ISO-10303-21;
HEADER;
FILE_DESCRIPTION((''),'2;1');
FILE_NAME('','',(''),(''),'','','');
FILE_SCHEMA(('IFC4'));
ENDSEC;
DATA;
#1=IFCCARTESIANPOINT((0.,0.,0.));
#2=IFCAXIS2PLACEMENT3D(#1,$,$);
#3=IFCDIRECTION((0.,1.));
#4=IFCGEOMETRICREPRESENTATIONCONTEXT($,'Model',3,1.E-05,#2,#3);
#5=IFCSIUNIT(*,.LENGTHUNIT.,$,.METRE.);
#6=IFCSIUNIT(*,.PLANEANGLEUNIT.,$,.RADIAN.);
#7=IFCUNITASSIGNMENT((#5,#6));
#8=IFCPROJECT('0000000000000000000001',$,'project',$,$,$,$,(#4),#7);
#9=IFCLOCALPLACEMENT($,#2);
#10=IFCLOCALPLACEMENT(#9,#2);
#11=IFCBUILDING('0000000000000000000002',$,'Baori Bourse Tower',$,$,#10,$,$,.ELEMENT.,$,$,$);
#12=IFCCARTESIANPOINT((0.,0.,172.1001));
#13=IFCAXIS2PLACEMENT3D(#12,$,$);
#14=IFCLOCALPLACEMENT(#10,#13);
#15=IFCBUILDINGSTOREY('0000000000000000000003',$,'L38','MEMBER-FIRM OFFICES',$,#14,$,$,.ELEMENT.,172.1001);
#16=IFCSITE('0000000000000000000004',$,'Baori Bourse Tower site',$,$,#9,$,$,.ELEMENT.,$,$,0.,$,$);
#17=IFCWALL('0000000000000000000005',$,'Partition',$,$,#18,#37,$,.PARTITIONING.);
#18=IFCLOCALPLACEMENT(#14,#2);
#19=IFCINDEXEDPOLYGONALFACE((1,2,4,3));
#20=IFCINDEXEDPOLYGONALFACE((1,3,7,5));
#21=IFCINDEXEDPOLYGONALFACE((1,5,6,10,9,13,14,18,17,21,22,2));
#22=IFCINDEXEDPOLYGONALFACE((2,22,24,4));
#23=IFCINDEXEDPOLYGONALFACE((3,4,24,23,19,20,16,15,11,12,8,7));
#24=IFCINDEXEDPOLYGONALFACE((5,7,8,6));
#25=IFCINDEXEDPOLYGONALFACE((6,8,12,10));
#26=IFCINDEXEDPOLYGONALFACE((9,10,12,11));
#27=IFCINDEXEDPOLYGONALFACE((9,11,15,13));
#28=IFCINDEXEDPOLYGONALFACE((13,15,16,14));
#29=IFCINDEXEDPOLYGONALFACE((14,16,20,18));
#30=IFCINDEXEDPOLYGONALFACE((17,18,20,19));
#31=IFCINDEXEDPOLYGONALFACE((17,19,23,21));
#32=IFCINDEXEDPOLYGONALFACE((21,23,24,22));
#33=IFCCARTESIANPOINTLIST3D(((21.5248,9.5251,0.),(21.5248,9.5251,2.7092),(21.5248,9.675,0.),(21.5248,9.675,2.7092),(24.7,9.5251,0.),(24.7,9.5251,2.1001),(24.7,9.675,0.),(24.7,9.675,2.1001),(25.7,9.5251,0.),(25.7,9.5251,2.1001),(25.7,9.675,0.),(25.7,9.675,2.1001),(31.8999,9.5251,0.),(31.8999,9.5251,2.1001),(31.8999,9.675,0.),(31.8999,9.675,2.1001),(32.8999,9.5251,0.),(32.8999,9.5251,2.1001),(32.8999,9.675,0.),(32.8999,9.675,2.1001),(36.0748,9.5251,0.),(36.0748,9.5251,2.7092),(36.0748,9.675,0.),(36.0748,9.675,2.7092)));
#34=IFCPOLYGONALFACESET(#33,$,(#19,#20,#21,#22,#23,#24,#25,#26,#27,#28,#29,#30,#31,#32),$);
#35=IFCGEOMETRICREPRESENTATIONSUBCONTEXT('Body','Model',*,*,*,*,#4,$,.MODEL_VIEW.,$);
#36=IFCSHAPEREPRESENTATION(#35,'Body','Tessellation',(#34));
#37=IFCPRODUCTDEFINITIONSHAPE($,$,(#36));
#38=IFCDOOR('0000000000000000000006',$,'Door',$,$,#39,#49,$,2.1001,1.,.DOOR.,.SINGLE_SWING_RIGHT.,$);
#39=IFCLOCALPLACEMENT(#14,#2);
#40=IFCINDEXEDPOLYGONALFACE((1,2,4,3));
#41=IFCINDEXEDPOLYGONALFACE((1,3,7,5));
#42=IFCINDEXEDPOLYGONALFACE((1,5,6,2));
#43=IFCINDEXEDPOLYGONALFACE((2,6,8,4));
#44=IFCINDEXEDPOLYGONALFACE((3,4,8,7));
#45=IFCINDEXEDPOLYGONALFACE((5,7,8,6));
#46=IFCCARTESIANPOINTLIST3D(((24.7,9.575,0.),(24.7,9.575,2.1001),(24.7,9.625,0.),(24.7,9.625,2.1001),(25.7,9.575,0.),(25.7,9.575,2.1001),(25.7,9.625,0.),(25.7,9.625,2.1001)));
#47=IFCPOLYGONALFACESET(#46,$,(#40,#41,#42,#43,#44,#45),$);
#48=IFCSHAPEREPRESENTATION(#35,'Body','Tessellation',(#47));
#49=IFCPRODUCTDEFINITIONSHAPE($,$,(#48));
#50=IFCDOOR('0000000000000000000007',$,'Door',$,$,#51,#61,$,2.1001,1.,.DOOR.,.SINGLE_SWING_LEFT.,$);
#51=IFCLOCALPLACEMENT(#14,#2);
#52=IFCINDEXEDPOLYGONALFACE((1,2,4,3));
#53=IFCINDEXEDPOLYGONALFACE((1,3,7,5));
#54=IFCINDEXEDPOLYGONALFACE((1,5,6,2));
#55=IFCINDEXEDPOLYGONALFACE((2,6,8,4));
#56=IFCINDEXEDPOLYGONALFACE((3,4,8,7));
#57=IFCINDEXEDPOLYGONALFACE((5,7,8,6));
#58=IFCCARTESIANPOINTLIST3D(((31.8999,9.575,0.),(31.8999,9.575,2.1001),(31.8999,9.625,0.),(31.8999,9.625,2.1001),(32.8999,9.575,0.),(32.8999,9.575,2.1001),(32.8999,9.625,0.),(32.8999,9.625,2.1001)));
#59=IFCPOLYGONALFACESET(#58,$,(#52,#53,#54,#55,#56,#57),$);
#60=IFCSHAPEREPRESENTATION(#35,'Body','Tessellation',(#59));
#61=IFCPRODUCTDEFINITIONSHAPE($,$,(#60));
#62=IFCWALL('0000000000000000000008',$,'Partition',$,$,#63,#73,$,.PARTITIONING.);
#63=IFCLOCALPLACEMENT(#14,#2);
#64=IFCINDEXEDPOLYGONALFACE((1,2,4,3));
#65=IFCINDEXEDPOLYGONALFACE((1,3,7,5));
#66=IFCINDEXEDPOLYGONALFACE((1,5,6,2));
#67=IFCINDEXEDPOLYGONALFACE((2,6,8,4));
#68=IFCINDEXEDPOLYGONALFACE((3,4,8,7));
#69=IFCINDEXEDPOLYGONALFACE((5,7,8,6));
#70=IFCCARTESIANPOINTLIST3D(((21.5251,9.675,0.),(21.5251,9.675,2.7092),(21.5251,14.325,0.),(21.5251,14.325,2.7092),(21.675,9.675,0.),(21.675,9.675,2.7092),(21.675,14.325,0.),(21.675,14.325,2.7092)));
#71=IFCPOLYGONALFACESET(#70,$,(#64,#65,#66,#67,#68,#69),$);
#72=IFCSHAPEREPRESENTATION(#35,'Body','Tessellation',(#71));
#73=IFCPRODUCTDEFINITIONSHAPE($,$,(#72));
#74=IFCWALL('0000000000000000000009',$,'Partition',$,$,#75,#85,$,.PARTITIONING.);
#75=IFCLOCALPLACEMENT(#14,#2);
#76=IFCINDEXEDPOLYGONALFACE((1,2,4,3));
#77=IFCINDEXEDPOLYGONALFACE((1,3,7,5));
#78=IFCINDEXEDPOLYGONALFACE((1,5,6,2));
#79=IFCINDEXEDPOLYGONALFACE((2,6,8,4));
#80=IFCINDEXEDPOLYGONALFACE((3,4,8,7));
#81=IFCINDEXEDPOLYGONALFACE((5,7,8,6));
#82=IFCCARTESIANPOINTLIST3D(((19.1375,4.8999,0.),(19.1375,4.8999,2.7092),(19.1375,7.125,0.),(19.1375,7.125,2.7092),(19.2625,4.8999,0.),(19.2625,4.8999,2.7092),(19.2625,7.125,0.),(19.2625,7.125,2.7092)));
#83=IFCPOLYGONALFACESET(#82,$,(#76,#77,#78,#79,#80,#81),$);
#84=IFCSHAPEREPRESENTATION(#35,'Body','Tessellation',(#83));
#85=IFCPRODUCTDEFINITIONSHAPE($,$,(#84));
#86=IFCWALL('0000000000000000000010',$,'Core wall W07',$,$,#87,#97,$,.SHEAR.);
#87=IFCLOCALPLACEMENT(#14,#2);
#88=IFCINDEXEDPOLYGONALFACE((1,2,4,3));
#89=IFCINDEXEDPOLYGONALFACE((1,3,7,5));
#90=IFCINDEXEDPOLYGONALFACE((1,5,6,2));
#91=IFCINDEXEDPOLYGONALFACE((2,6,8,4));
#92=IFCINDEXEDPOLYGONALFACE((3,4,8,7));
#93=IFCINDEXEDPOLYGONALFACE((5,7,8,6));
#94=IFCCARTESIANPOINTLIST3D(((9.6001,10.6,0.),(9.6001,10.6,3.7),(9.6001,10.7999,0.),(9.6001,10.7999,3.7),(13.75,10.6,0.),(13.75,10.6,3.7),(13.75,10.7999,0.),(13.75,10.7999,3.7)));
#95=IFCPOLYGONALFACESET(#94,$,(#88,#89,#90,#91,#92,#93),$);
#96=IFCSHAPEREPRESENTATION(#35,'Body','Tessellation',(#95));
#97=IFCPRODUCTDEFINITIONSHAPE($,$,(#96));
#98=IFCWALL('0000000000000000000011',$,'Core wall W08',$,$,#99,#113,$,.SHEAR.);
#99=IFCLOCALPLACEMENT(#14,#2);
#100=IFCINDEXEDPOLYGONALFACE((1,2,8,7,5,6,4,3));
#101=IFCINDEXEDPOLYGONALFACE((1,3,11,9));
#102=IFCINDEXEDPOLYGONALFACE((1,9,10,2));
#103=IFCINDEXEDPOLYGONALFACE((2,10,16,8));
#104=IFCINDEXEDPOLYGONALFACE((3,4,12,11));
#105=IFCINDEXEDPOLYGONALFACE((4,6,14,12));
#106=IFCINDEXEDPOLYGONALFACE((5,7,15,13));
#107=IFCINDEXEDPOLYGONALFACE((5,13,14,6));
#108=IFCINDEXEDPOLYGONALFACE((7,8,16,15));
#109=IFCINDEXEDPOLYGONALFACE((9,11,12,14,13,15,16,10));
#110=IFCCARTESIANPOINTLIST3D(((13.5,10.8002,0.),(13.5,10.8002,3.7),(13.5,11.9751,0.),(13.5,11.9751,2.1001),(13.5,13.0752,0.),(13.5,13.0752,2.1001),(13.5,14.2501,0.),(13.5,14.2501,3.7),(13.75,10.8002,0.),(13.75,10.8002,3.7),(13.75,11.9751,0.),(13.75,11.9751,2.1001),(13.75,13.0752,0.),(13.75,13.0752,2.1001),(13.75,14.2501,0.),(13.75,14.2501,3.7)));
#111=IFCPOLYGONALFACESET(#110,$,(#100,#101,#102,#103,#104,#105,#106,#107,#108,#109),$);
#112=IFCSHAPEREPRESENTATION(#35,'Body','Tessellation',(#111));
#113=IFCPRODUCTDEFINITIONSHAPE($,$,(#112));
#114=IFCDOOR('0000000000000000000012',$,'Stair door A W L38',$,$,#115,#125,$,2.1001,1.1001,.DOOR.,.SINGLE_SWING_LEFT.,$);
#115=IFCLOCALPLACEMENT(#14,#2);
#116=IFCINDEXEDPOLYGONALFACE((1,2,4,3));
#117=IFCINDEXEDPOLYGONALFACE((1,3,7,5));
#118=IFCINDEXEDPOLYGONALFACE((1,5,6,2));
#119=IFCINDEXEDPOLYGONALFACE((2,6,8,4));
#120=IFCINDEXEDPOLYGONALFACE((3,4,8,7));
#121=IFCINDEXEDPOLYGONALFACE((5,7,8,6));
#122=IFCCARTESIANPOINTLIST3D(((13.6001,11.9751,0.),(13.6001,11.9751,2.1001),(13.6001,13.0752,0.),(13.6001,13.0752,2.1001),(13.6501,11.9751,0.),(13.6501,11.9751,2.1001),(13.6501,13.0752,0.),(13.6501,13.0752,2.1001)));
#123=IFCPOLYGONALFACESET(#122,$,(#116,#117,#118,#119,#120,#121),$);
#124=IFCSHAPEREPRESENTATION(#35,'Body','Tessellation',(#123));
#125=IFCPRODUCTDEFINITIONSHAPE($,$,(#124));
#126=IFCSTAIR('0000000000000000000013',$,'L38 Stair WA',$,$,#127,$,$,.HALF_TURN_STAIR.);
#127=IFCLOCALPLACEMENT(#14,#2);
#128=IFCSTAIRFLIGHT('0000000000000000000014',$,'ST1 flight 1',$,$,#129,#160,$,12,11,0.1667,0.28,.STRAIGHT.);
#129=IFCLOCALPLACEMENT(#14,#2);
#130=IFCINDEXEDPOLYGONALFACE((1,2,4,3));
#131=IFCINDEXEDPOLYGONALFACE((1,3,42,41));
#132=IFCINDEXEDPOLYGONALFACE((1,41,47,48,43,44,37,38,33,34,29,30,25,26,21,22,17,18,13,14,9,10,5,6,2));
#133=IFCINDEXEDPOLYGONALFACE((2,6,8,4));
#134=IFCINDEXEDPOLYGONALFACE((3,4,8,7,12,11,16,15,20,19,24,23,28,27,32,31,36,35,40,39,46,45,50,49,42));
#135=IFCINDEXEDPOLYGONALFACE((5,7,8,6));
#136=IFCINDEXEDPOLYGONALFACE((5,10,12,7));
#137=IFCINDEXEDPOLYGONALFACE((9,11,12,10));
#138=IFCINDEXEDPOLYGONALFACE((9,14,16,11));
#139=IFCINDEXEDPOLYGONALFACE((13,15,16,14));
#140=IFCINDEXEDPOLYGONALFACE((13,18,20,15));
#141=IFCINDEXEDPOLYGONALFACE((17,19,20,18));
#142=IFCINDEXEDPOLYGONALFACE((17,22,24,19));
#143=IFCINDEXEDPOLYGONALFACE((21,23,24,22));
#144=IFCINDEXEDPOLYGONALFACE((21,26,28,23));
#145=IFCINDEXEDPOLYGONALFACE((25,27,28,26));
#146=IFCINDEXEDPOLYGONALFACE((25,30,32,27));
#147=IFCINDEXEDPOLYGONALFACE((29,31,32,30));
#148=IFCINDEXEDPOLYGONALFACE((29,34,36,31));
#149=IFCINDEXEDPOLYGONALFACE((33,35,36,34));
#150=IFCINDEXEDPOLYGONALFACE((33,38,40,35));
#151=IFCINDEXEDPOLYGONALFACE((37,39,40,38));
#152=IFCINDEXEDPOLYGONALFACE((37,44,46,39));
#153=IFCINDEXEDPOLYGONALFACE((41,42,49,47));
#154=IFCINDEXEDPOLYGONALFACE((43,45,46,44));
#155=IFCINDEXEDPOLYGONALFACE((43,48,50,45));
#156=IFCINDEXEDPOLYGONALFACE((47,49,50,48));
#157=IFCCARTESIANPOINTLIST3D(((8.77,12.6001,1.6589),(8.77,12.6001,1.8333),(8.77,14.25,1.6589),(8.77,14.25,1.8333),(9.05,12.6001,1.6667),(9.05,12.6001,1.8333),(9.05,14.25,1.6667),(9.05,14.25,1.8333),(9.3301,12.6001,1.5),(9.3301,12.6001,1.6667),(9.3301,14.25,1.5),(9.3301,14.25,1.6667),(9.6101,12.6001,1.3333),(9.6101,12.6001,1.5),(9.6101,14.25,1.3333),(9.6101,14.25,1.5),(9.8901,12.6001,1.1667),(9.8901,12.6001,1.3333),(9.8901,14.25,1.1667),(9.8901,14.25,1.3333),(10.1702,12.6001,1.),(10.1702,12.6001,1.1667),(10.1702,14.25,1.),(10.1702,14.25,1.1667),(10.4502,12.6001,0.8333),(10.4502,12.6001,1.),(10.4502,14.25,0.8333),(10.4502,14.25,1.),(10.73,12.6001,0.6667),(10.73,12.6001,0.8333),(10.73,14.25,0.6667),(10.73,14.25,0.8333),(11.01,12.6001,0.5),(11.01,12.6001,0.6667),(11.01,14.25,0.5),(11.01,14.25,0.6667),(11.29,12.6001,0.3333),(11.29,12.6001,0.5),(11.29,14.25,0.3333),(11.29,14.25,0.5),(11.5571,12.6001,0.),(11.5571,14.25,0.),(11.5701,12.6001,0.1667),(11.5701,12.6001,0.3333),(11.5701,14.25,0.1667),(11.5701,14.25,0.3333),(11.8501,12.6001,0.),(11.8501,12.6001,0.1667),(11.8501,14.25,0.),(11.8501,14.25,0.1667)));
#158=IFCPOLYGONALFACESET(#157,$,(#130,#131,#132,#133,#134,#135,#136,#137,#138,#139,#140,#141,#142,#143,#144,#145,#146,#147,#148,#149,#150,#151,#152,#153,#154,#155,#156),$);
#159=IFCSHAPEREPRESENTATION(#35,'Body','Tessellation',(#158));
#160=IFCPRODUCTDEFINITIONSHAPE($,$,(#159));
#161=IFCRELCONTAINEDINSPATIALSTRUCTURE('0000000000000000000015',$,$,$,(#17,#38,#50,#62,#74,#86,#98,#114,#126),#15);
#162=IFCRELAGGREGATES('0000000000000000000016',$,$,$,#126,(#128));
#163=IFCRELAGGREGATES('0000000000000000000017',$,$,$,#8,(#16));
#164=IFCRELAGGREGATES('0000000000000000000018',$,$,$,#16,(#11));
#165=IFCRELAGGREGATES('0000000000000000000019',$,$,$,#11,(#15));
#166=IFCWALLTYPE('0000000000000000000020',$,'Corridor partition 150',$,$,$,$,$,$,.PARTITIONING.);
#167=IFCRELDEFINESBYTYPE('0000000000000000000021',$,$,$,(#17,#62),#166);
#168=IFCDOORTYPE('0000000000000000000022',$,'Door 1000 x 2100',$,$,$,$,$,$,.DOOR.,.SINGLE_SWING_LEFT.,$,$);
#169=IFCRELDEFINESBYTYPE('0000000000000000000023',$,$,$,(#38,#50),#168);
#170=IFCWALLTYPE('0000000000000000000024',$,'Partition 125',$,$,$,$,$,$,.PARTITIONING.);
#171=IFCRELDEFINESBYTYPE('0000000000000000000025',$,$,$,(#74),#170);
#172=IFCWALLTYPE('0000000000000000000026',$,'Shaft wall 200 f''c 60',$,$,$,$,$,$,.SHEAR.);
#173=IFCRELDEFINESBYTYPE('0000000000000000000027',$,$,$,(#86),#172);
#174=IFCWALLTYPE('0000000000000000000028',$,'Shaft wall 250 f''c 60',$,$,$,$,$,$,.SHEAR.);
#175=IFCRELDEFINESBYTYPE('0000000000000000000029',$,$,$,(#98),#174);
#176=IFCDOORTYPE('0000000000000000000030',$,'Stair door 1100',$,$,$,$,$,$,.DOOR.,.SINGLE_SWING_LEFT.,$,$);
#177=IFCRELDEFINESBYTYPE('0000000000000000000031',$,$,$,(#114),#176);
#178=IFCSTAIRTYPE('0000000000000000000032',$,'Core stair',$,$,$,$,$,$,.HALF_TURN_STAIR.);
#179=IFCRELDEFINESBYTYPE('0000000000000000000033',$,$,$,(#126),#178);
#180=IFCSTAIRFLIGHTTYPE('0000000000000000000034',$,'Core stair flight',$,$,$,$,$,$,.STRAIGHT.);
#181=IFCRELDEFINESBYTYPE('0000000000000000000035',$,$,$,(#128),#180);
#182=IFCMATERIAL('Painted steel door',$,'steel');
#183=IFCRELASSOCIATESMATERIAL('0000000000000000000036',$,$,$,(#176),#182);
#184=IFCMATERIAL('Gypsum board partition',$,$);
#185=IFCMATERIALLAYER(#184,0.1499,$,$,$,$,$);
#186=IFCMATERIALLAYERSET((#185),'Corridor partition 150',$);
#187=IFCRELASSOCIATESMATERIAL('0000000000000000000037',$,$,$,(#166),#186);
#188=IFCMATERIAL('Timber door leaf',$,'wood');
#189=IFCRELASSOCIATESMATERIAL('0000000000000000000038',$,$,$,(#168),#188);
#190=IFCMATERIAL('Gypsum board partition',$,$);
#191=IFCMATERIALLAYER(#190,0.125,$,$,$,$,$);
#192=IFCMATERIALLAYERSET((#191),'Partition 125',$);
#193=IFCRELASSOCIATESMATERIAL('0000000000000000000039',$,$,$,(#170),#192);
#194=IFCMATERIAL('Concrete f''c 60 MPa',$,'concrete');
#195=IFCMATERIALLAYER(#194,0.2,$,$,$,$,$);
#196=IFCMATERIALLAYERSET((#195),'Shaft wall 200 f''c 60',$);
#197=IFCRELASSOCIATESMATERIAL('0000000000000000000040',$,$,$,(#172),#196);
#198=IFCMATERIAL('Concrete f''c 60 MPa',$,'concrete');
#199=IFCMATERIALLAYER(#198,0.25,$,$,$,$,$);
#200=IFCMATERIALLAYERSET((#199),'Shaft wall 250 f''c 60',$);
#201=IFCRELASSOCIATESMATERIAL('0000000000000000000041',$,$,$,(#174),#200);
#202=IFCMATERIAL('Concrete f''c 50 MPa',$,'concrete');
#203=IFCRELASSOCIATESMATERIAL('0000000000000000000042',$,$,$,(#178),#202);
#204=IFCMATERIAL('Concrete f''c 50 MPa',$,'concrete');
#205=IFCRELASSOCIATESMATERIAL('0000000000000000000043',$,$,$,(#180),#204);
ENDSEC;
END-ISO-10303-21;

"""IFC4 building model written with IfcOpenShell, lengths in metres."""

from ifc_helpers import new_model, si_unit, direction, frame, frame_2d, origin, place, context, subcontext, project, spatial, polyline, rectangle, outline, extrude, material, layer, layer_set, type_object, element, fill, aggregate, save


model = new_model("IFC4")

# Units and contexts
model_context = context("Model", 3, precision=1e-05, world=origin(), true_north=direction((0.0, 1.0)))
body_context = subcontext(model_context, "Body", "Model", "MODEL_VIEW")
ifc_project = project(units=[si_unit("LENGTHUNIT", "METRE"), si_unit("PLANEANGLEUNIT", "RADIAN")], contexts=[model_context])

# Site, building, storey
site_placement = place(None, origin())
site = spatial("IfcSite", under=ifc_project, at=site_placement, Name="Baori Bourse Tower site", CompositionType="ELEMENT", RefElevation=0.0)
building_placement = place(site_placement, origin())
building = spatial("IfcBuilding", under=site, at=building_placement, Name="Baori Bourse Tower", CompositionType="ELEMENT")
storey_placement = place(building_placement, frame((0.0, 0.0, 172.1001)))
storey = spatial("IfcBuildingStorey", under=building, at=storey_placement, Name="L38", Description="MEMBER-FIRM OFFICES", CompositionType="ELEMENT", Elevation=172.1001)

# Shared definitions
ifc_material_1 = material(Name="Painted steel door", Category="steel")
door_type_1 = type_object("IfcDoorType", Name="Stair door 1100", OperationType="SINGLE_SWING_LEFT", PredefinedType="DOOR", material=ifc_material_1)

# Wall, openings, doors
ifc_material_2 = material(Name="Gypsum board partition")
ifc_layer_1 = layer(ifc_material_2, 0.1499)
ifc_layer_set_1 = layer_set([ifc_layer_1], Name="Corridor partition 150")
wall_type_1 = type_object("IfcWallType", Name="Corridor partition 150", PredefinedType="PARTITIONING", material=ifc_layer_set_1)
ifc_material_3 = material(Name="Timber door leaf", Category="wood")
door_type_2 = type_object("IfcDoorType", Name="Door 1000 x 2100", OperationType="SINGLE_SWING_LEFT", PredefinedType="DOOR", material=ifc_material_3)
wall_1_placement = place(storey_placement, frame((21.5249, 9.6001, 0.0), z_axis=(0.0, 0.0, 1.0), x_axis=(1.0, 0.0, 0.0)))
wall_1 = element("IfcWall", 1, at=wall_1_placement, inside=storey, type_object=wall_type_1, Name="Partition", PredefinedType="PARTITIONING", context=body_context, shape_type="SweptSolid", body=[
    extrude(rectangle(XDim=14.55, YDim=0.1499, at=frame_2d((7.2749, 0.0))), origin(), (0.0, 0.0, 1.0), 2.7092),
])
opening_1_placement = place(wall_1_placement, frame((3.175, 0.0, 0.0)))
opening_1 = element("IfcOpeningElement", 2, at=opening_1_placement, cuts=wall_1, PredefinedType="OPENING", context=body_context, shape_type="SweptSolid", body=[
    extrude(rectangle(XDim=1.0, YDim=2.1001, at=frame_2d((0.5, 1.05))), frame((0.0, 0.085, 0.0), z_axis=(0.0, -1.0, 0.0), x_axis=(1.0, 0.0, 0.0)), (0.0, 0.0, 1.0), 0.1699),
])
opening_2_placement = place(wall_1_placement, frame((10.375, 0.0, 0.0)))
opening_2 = element("IfcOpeningElement", 3, at=opening_2_placement, cuts=wall_1, PredefinedType="OPENING", context=body_context, shape_type="SweptSolid", body=[
    extrude(rectangle(XDim=1.0, YDim=2.1001, at=frame_2d((0.5, 1.05))), frame((0.0, 0.085, 0.0), z_axis=(0.0, -1.0, 0.0), x_axis=(1.0, 0.0, 0.0)), (0.0, 0.0, 1.0), 0.1699),
])
door_1_placement = place(opening_1_placement, origin())
door_1 = element("IfcDoor", 4, at=door_1_placement, inside=storey, type_object=door_type_2, Name="Door", OperationType="SINGLE_SWING_RIGHT", OverallHeight=2.1001, OverallWidth=1.0, PredefinedType="DOOR", context=body_context, shape_type="SweptSolid", body=[
    extrude(rectangle(XDim=1.0, YDim=2.1001, at=frame_2d((0.5, 1.05))), frame((0.0, 0.0249, 0.0), z_axis=(0.0, -1.0, 0.0), x_axis=(1.0, 0.0, 0.0)), (0.0, 0.0, 1.0), 0.05),
])
fill(opening_1, door_1)
door_2_placement = place(opening_2_placement, origin())
door_2 = element("IfcDoor", 5, at=door_2_placement, inside=storey, type_object=door_type_2, Name="Door", OperationType="SINGLE_SWING_LEFT", OverallHeight=2.1001, OverallWidth=1.0, PredefinedType="DOOR", context=body_context, shape_type="SweptSolid", body=[
    extrude(rectangle(XDim=1.0, YDim=2.1001, at=frame_2d((0.5, 1.05))), frame((0.0, 0.0249, 0.0), z_axis=(0.0, -1.0, 0.0), x_axis=(1.0, 0.0, 0.0)), (0.0, 0.0, 1.0), 0.05),
])
fill(opening_2, door_2)

# Walls
wall_2_placement = place(storey_placement, frame((21.6001, 9.675, 0.0), z_axis=(0.0, 0.0, 1.0), x_axis=(0.0, 1.0, 0.0)))
element("IfcWall", 6, at=wall_2_placement, inside=storey, type_object=wall_type_1, Name="Partition", PredefinedType="PARTITIONING", context=body_context, shape_type="SweptSolid", body=[
    extrude(rectangle(XDim=4.6499, YDim=0.1499, at=frame_2d((2.325, 0.0))), origin(), (0.0, 0.0, 1.0), 2.7092),
])
ifc_material_4 = material(Name="Gypsum board partition")
ifc_layer_2 = layer(ifc_material_4, 0.125)
ifc_layer_set_2 = layer_set([ifc_layer_2], Name="Partition 125")
wall_type_2 = type_object("IfcWallType", Name="Partition 125", PredefinedType="PARTITIONING", material=ifc_layer_set_2)
wall_3_placement = place(storey_placement, frame((19.2, 4.8999, 0.0), z_axis=(0.0, 0.0, 1.0), x_axis=(0.0, 1.0, 0.0)))
element("IfcWall", 7, at=wall_3_placement, inside=storey, type_object=wall_type_2, Name="Partition", PredefinedType="PARTITIONING", context=body_context, shape_type="SweptSolid", body=[
    extrude(rectangle(XDim=2.2251, YDim=0.125, at=frame_2d((1.1125, 0.0))), origin(), (0.0, 0.0, 1.0), 2.7092),
])
ifc_material_5 = material(Name="Concrete f'c 60 MPa", Category="concrete")
ifc_layer_3 = layer(ifc_material_5, 0.2)
ifc_layer_set_3 = layer_set([ifc_layer_3], Name="Shaft wall 200 f'c 60")
wall_type_3 = type_object("IfcWallType", Name="Shaft wall 200 f'c 60", PredefinedType="SHEAR", material=ifc_layer_set_3)
wall_4_placement = place(storey_placement, frame((9.6001, 10.7, 0.0), z_axis=(0.0, 0.0, 1.0), x_axis=(1.0, 0.0, 0.0)))
element("IfcWall", 8, at=wall_4_placement, inside=storey, type_object=wall_type_3, Name="Core wall W07", PredefinedType="SHEAR", context=body_context, shape_type="SweptSolid", body=[
    extrude(rectangle(XDim=4.1499, YDim=0.2, at=frame_2d((2.075, 0.0))), origin(), (0.0, 0.0, 1.0), 3.7),
])

# Wall, opening, door
ifc_material_6 = material(Name="Concrete f'c 60 MPa", Category="concrete")
ifc_layer_4 = layer(ifc_material_6, 0.25)
ifc_layer_set_4 = layer_set([ifc_layer_4], Name="Shaft wall 250 f'c 60")
wall_type_4 = type_object("IfcWallType", Name="Shaft wall 250 f'c 60", PredefinedType="SHEAR", material=ifc_layer_set_4)
wall_5_placement = place(storey_placement, frame((13.625, 10.8, 0.0), z_axis=(0.0, 0.0, 1.0), x_axis=(0.0, 1.0, 0.0)))
wall_5 = element("IfcWall", 9, at=wall_5_placement, inside=storey, type_object=wall_type_4, Name="Core wall W08", PredefinedType="SHEAR", context=body_context, shape_type="SweptSolid", body=[
    extrude(rectangle(XDim=3.45, YDim=0.25, at=frame_2d((1.7251, 0.0))), origin(), (0.0, 0.0, 1.0), 3.7),
])
opening_3_placement = place(wall_5_placement, frame((1.175, 0.0, 0.0)))
opening_3 = element("IfcOpeningElement", 10, at=opening_3_placement, cuts=wall_5, PredefinedType="OPENING", context=body_context, shape_type="SweptSolid", body=[
    extrude(rectangle(XDim=1.1001, YDim=2.1001, at=frame_2d((0.55, 1.05))), frame((0.0, 0.135, 0.0), z_axis=(0.0, -1.0, 0.0), x_axis=(1.0, 0.0, 0.0)), (0.0, 0.0, 1.0), 0.27),
])
door_3_placement = place(opening_3_placement, origin())
door_3 = element("IfcDoor", 11, at=door_3_placement, inside=storey, type_object=door_type_1, Name="Stair door A W L38", OperationType="SINGLE_SWING_LEFT", OverallHeight=2.1001, OverallWidth=1.1001, PredefinedType="DOOR", context=body_context, shape_type="SweptSolid", body=[
    extrude(rectangle(XDim=1.1001, YDim=2.1001, at=frame_2d((0.55, 1.05))), frame((0.0, 0.0249, 0.0), z_axis=(0.0, -1.0, 0.0), x_axis=(1.0, 0.0, 0.0)), (0.0, 0.0, 1.0), 0.05),
])
fill(opening_3, door_3)

# Stair, stair flight
ifc_material_7 = material(Name="Concrete f'c 50 MPa", Category="concrete")
stair_type = type_object("IfcStairType", Name="Core stair", PredefinedType="HALF_TURN_STAIR", material=ifc_material_7)
stair_placement = place(storey_placement, origin())
stair = element("IfcStair", 12, at=stair_placement, inside=storey, type_object=stair_type, Name="L38 Stair WA", PredefinedType="HALF_TURN_STAIR")
ifc_material_8 = material(Name="Concrete f'c 50 MPa", Category="concrete")
stair_flight_type = type_object("IfcStairFlightType", Name="Core stair flight", PredefinedType="STRAIGHT", material=ifc_material_8)
stair_flight_1_placement = place(storey_placement, frame((11.8501, 13.425, 0.0), z_axis=(0.0, 0.0, 1.0), x_axis=(-1.0, 0.0, 0.0)))
stair_flight_1 = element("IfcStairFlight", 13, at=stair_flight_1_placement, type_object=stair_flight_type, Name="ST1 flight 1", NumberOfRisers=12, NumberOfTreads=11, PredefinedType="STRAIGHT", RiserHeight=0.1667, TreadLength=0.28, context=body_context, shape_type="SweptSolid", body=[
    extrude(outline(polyline([(0.0, 0.0), (0.0, 0.1667), (0.28, 0.1667), (0.28, 0.3333), (0.5601, 0.3333), (0.5601, 0.5), (0.8401, 0.5), (0.8401, 0.6667), (1.1201, 0.6667), (1.1201, 0.8333), (1.3999, 0.8333), (1.3999, 1.0), (1.6799, 1.0), (1.6799, 1.1667), (1.96, 1.1667), (1.96, 1.3333), (2.24, 1.3333), (2.24, 1.5), (2.52, 1.5), (2.52, 1.6667), (2.8, 1.6667), (2.8, 1.8333), (3.0801, 1.8333), (3.0801, 2.0), (3.0801, 1.6589), (0.293, 0.0), (0.0, 0.0)])), frame((0.0, 0.825, 0.0), z_axis=(0.0, -1.0, 0.0), x_axis=(1.0, 0.0, 0.0)), (0.0, 0.0, 1.0), 1.6499),
])
aggregate(stair, [stair_flight_1])

save(model, "model.ifc")
